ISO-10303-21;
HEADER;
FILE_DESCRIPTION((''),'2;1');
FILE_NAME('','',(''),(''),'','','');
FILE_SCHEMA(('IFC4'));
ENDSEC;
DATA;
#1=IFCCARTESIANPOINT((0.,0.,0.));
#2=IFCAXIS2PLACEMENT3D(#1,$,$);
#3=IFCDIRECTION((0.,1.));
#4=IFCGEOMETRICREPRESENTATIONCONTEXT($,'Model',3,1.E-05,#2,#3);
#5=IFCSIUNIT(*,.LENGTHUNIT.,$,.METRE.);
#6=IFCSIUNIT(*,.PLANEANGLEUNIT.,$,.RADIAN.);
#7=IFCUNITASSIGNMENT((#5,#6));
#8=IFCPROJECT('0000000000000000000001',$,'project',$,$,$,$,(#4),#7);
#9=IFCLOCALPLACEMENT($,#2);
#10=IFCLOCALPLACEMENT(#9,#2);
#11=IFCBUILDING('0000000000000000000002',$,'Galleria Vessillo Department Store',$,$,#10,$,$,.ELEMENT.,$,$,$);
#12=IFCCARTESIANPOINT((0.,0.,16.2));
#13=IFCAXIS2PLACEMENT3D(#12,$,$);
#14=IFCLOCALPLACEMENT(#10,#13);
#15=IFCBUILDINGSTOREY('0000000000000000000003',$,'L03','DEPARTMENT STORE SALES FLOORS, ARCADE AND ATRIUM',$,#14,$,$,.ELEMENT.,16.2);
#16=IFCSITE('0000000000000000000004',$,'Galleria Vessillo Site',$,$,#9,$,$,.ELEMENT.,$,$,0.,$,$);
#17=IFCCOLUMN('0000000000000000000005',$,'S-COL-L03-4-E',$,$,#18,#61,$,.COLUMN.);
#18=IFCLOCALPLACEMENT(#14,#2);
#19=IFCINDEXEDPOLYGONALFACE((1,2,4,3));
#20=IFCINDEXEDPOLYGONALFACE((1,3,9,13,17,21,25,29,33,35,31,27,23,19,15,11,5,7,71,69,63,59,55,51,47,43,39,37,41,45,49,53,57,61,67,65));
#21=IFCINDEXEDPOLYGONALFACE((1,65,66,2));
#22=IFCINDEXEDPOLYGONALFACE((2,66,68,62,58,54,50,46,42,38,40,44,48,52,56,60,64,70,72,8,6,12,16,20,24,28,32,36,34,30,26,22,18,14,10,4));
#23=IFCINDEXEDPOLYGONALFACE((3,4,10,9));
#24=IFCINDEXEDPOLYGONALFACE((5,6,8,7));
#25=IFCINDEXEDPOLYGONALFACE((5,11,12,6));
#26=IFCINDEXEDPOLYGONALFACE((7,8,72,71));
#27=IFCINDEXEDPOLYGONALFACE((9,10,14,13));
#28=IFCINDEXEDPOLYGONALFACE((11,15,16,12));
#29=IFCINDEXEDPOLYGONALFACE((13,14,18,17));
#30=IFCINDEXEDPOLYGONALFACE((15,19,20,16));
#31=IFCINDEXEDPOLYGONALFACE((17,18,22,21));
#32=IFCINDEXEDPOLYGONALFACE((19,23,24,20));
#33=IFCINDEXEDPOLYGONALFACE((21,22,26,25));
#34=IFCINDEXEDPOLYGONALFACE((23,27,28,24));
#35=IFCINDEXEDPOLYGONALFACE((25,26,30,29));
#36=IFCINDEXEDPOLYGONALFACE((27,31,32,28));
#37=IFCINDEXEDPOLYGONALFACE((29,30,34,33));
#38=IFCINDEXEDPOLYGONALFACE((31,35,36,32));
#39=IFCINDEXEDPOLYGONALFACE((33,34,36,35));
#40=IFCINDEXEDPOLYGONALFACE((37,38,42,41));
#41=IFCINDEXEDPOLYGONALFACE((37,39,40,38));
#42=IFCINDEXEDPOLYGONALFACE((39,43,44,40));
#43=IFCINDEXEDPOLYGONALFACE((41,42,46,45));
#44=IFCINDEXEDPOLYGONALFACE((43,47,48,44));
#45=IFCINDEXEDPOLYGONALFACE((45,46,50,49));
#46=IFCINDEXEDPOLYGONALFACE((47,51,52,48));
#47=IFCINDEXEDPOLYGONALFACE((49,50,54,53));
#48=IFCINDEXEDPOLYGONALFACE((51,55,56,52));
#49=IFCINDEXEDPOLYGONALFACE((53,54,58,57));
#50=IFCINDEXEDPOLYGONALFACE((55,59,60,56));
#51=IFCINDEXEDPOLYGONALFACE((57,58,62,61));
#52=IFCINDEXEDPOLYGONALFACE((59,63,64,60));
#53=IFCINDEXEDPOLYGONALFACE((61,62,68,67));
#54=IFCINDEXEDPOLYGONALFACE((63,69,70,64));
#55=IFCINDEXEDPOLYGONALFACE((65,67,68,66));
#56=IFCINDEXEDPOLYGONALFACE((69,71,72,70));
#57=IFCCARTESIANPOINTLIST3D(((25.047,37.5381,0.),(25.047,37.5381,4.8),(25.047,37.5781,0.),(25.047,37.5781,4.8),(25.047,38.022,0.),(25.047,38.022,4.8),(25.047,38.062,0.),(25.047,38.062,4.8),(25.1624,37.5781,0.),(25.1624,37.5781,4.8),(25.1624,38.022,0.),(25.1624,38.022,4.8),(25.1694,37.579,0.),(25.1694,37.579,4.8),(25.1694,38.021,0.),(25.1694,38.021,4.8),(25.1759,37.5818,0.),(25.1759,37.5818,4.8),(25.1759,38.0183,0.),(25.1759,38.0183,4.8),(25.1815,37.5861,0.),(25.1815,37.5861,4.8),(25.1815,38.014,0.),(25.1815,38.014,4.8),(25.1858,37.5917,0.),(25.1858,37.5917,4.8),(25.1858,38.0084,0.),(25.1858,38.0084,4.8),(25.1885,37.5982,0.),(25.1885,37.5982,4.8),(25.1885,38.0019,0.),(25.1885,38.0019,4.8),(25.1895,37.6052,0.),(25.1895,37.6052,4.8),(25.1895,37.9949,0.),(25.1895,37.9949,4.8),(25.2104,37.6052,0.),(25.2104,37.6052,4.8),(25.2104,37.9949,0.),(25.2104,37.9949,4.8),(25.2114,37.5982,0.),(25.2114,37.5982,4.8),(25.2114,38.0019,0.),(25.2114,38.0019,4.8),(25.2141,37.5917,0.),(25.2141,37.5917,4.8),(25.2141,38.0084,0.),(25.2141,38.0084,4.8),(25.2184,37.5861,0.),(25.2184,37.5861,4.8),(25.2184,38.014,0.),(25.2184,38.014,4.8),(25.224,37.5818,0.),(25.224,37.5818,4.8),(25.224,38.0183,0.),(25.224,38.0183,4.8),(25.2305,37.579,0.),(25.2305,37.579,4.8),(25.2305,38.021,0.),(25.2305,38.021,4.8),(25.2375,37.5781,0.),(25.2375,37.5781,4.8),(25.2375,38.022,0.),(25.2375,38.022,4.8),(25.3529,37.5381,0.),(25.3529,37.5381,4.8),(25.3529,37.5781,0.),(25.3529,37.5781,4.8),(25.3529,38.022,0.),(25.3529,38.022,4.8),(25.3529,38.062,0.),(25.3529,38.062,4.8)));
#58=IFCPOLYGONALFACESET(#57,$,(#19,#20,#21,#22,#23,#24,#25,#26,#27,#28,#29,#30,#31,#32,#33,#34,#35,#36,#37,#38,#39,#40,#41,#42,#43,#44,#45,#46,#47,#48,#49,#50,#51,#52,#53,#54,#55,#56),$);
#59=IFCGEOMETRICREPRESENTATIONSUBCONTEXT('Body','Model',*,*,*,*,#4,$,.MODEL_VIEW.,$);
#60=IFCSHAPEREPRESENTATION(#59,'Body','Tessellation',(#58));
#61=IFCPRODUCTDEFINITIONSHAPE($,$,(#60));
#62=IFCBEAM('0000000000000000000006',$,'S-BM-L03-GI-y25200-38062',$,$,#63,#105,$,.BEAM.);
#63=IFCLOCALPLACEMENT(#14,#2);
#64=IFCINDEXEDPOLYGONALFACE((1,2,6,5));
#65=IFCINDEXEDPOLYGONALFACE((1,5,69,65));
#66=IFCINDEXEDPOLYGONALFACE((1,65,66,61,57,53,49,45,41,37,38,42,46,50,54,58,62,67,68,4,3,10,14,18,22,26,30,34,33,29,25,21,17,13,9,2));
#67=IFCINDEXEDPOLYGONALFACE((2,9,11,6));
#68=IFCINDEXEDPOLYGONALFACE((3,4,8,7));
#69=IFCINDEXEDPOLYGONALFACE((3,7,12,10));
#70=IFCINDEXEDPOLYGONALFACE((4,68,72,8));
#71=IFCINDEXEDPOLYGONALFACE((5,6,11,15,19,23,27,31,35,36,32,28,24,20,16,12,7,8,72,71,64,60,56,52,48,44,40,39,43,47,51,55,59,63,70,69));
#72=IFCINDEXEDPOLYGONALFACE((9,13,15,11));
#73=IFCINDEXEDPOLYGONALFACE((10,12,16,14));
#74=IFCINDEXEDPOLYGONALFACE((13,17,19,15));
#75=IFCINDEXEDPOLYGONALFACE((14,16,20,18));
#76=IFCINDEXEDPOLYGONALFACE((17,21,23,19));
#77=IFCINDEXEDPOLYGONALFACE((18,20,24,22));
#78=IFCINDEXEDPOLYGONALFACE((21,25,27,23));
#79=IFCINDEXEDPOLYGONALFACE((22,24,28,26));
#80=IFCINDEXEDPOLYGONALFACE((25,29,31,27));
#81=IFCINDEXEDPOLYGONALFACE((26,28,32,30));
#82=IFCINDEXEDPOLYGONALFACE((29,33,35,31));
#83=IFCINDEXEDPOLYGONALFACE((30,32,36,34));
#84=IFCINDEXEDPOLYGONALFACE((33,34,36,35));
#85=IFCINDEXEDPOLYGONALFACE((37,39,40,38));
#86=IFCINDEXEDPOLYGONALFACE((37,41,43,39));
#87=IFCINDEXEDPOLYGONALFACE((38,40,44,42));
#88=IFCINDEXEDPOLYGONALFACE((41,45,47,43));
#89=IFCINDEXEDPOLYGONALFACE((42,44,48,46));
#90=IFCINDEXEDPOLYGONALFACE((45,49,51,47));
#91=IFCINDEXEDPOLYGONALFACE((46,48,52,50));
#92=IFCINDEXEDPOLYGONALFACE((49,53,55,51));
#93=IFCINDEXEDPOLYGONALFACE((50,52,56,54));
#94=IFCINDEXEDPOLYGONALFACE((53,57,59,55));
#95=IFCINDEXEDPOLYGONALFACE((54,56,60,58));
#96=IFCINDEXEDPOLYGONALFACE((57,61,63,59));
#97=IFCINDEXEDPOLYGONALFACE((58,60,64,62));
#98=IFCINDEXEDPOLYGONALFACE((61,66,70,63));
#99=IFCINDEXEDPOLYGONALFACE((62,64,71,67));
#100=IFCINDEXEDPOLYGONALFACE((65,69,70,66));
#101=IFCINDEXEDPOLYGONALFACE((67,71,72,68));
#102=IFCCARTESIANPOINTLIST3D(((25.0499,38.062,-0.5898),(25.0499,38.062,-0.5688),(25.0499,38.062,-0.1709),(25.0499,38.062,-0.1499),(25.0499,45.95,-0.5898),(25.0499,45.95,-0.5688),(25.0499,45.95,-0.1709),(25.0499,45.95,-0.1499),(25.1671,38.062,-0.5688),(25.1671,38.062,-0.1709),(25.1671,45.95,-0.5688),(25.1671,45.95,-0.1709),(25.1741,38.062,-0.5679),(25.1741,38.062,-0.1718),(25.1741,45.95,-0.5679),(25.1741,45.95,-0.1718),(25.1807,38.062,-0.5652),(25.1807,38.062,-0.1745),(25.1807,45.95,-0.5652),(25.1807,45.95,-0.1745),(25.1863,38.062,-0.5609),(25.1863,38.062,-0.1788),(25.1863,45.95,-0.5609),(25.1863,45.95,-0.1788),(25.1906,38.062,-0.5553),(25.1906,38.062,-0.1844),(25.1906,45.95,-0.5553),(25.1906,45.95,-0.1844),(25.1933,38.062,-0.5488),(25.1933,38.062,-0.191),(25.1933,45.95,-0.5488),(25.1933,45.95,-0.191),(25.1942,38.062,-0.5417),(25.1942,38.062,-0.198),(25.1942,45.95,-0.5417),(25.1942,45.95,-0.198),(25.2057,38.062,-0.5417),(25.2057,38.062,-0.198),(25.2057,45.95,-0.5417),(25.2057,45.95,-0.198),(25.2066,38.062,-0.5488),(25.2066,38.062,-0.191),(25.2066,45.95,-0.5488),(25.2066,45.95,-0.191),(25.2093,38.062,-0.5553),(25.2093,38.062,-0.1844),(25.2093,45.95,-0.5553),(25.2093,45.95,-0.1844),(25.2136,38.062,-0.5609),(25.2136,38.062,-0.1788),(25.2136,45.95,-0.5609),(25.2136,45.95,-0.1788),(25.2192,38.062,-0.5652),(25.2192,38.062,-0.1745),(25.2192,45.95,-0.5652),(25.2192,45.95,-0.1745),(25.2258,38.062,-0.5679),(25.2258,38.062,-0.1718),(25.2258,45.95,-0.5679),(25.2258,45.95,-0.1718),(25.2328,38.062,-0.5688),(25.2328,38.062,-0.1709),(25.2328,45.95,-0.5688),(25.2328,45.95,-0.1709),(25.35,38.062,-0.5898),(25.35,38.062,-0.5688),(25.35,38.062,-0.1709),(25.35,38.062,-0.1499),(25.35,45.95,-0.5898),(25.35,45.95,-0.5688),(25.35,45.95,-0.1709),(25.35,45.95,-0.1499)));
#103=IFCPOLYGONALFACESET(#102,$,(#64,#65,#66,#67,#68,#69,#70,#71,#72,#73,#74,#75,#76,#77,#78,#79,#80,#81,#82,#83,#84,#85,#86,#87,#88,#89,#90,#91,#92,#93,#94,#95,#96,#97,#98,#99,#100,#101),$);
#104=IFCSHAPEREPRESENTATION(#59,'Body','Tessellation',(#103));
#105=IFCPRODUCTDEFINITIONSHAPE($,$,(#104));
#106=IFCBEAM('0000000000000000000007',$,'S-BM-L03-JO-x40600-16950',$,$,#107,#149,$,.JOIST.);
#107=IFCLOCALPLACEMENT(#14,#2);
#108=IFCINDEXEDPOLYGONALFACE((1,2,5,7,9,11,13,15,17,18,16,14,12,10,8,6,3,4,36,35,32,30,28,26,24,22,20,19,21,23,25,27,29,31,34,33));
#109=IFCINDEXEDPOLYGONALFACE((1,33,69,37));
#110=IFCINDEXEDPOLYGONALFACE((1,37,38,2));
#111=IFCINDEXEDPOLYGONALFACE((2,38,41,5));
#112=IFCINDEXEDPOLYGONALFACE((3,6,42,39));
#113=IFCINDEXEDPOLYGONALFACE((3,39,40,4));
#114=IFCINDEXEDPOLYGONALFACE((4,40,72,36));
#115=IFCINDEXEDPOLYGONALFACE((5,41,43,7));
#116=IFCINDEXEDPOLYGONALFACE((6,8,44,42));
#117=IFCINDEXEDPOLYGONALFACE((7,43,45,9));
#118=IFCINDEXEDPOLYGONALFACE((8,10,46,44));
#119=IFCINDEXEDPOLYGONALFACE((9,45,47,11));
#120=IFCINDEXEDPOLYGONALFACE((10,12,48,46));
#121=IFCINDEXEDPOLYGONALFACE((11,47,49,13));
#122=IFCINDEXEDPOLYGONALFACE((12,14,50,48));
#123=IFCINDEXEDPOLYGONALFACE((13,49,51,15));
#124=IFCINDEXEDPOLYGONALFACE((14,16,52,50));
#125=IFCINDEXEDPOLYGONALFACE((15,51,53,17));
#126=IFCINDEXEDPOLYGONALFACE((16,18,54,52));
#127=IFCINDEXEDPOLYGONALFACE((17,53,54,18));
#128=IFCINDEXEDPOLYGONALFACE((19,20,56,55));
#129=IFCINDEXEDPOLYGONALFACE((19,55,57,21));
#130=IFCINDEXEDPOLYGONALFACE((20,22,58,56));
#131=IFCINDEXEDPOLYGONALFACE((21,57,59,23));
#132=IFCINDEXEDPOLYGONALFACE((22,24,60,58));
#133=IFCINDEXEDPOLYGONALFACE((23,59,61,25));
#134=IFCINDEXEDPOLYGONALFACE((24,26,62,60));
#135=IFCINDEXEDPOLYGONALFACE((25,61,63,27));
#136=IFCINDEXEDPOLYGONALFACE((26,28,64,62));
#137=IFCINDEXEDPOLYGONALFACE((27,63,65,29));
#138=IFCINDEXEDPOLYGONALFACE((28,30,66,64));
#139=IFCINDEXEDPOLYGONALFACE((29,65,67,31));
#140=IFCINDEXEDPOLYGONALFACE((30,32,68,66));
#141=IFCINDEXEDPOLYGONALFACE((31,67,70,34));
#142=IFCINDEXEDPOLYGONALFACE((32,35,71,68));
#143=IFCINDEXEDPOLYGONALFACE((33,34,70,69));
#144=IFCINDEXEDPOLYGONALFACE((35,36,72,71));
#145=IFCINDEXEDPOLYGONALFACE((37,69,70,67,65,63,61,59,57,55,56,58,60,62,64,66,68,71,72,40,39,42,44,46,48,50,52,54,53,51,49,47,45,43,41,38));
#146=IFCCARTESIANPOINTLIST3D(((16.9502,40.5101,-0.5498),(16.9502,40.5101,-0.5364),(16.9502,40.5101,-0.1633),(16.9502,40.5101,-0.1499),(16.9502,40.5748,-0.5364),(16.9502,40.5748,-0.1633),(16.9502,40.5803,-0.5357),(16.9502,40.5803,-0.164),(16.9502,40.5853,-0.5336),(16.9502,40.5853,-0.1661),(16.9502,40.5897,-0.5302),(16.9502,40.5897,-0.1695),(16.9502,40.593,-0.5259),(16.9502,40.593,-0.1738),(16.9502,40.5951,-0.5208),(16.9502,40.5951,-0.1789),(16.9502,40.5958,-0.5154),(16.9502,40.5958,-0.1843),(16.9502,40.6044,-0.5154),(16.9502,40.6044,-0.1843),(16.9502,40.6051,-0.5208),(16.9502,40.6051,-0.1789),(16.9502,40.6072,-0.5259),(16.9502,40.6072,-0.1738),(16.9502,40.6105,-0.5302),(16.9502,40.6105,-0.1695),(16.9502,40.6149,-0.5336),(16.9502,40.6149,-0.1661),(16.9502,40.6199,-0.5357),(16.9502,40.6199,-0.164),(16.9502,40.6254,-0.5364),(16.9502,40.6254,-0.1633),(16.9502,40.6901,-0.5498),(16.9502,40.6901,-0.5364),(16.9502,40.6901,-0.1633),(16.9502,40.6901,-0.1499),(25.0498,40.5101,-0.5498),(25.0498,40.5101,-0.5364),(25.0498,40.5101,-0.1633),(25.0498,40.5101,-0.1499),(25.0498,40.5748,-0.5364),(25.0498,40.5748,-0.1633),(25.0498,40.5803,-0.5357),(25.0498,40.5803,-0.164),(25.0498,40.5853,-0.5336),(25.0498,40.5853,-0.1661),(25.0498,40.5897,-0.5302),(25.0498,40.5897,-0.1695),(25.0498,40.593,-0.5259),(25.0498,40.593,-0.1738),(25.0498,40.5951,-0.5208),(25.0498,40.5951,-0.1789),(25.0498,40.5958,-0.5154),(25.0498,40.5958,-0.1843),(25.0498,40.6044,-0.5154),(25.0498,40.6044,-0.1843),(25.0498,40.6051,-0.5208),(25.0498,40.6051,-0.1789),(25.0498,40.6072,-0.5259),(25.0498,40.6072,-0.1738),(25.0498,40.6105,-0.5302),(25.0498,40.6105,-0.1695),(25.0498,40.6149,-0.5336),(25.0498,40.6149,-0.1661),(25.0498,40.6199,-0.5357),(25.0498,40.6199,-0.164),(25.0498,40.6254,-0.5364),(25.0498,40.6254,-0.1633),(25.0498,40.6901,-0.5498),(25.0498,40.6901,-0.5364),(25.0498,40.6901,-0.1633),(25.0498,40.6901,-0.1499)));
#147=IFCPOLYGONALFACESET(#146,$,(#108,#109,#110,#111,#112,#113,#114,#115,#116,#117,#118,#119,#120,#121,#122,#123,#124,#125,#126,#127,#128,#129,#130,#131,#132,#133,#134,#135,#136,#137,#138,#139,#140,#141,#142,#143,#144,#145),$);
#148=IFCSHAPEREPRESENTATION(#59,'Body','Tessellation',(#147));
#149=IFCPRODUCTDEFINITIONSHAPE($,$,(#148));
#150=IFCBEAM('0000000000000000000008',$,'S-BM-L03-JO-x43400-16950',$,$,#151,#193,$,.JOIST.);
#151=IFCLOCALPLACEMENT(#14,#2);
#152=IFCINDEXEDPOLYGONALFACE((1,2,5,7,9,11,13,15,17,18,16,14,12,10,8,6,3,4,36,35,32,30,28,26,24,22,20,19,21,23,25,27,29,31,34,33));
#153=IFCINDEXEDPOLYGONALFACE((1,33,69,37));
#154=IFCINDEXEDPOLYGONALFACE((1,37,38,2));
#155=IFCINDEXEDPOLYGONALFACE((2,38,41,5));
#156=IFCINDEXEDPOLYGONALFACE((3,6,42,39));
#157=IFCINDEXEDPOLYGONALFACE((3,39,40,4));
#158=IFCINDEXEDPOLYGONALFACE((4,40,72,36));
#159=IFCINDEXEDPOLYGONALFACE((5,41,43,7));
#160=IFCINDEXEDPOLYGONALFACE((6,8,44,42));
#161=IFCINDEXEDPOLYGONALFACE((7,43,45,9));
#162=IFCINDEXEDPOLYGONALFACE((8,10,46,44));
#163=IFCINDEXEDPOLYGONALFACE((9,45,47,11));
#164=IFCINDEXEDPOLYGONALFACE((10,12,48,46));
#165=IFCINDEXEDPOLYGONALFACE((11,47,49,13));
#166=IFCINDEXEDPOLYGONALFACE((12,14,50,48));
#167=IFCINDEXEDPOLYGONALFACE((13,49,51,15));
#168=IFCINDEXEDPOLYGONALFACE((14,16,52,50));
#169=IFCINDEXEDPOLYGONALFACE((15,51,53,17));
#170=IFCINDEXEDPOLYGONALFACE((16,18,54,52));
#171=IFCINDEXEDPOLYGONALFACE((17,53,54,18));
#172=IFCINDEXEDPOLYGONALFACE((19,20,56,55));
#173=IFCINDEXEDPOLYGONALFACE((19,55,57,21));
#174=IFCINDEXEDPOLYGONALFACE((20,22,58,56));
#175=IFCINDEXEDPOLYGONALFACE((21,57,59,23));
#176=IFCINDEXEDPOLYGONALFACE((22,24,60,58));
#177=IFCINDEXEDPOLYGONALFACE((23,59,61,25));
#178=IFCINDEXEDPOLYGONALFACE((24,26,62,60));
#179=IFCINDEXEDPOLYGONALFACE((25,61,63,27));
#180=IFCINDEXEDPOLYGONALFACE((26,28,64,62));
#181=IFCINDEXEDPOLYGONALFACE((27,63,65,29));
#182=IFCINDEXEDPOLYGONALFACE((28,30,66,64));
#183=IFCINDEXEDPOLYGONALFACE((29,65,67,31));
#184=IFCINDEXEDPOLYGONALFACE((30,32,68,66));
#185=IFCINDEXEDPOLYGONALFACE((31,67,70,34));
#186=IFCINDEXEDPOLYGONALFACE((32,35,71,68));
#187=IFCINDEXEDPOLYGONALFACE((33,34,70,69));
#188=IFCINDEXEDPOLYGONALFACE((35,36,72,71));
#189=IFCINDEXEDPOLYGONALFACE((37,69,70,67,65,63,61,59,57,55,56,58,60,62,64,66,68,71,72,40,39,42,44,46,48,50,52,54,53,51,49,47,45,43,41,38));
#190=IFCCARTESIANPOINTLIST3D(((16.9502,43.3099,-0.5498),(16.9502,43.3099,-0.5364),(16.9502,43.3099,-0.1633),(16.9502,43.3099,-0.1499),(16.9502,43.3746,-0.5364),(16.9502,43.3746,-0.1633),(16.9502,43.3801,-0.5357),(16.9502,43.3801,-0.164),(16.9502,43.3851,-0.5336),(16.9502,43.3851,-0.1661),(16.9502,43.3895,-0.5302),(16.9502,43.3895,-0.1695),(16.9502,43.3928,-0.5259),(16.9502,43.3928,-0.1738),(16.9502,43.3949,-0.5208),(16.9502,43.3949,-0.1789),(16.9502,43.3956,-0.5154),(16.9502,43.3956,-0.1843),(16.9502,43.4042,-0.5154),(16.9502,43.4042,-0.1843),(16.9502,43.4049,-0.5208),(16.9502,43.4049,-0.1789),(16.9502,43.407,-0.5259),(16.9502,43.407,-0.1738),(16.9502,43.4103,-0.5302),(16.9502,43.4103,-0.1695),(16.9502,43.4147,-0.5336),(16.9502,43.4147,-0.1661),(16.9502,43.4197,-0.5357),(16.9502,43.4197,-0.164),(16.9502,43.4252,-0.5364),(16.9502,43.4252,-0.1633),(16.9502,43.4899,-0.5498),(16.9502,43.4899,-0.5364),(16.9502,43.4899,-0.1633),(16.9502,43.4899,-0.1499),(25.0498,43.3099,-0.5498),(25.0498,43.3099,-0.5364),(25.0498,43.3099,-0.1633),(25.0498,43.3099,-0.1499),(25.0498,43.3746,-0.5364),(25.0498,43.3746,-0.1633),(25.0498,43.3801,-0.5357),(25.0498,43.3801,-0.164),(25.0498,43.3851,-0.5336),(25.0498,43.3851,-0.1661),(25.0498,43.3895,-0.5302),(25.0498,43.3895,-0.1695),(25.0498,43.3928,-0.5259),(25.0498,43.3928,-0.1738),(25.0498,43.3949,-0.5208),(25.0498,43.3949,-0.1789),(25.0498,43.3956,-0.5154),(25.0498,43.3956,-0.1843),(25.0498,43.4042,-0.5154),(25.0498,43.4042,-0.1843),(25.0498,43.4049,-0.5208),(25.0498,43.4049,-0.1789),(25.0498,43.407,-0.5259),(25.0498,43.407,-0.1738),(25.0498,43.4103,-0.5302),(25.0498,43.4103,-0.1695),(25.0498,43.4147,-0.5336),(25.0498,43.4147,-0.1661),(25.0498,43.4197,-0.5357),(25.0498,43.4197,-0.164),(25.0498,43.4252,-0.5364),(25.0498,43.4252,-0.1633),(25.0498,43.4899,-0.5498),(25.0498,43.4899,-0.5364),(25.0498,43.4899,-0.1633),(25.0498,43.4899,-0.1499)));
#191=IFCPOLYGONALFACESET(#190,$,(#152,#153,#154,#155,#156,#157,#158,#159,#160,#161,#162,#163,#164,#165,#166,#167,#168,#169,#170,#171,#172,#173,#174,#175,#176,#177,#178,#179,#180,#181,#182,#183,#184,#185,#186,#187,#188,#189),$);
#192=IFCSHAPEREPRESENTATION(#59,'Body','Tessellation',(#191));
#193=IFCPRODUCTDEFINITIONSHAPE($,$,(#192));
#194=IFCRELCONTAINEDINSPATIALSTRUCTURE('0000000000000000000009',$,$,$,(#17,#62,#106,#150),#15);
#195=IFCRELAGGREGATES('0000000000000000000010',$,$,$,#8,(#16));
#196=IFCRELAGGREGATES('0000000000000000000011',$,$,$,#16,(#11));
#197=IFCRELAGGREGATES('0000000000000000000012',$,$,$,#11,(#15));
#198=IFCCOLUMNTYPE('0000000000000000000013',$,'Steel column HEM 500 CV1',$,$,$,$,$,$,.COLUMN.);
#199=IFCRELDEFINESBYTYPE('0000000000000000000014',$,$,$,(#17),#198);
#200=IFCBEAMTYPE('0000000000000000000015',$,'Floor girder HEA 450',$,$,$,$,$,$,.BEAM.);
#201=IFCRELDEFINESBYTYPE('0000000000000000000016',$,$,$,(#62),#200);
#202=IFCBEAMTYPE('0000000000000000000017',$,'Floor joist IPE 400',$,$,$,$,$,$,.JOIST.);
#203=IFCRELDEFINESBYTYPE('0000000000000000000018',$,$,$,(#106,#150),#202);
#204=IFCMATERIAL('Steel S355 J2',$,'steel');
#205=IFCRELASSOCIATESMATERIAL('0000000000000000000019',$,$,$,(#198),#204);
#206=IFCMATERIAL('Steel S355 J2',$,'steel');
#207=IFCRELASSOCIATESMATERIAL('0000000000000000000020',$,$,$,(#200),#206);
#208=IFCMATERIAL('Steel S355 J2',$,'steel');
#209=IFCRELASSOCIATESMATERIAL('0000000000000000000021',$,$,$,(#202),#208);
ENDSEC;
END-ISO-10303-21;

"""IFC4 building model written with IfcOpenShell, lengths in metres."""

from ifc_helpers import new_model, si_unit, direction, frame, origin, origin_2d, place, context, subcontext, project, spatial, i_section, extrude, material, material_profile, profile_set, type_object, element, save


model = new_model("IFC4")

# Units and contexts
model_context = context("Model", 3, precision=1e-05, world=origin(), true_north=direction((0.0, 1.0)))
body_context = subcontext(model_context, "Body", "Model", "MODEL_VIEW")
ifc_project = project(units=[si_unit("LENGTHUNIT", "METRE"), si_unit("PLANEANGLEUNIT", "RADIAN")], contexts=[model_context])

# Site, building, storey
site_placement = place(None, origin())
site = spatial("IfcSite", under=ifc_project, at=site_placement, Name="Galleria Vessillo Site", CompositionType="ELEMENT", RefElevation=0.0)
building_placement = place(site_placement, origin())
building = spatial("IfcBuilding", under=site, at=building_placement, Name="Galleria Vessillo Department Store", CompositionType="ELEMENT")
storey_placement = place(building_placement, frame((0.0, 0.0, 16.2)))
storey = spatial("IfcBuildingStorey", under=building, at=storey_placement, Name="L03", Description="DEPARTMENT STORE SALES FLOORS, ARCADE AND ATRIUM", CompositionType="ELEMENT", Elevation=16.2)

# Column
ifc_material_1 = material(Name="Steel S355 J2", Category="steel")
ifc_material_profile_1 = material_profile(ifc_material_1, i_section(OverallWidth=0.3059, OverallDepth=0.5239, WebThickness=0.021, FlangeThickness=0.04, FilletRadius=0.0271, at=origin_2d()), Name="HEM 500")
ifc_profile_set_1 = profile_set([ifc_material_profile_1], Name="Steel S355 J2")
column_type = type_object("IfcColumnType", Name="Steel column HEM 500 CV1", PredefinedType="COLUMN", material=ifc_profile_set_1)
column_placement = place(storey_placement, frame((25.2, 37.8, 0.0), z_axis=(0.0, 0.0, 1.0), x_axis=(1.0, 0.0, 0.0)))
element("IfcColumn", 1, at=column_placement, inside=storey, type_object=column_type, Name="S-COL-L03-4-E", PredefinedType="COLUMN", context=body_context, shape_type="SweptSolid", body=[
    extrude(i_section(OverallWidth=0.3059, OverallDepth=0.5239, WebThickness=0.021, FlangeThickness=0.04, FilletRadius=0.0271, at=origin_2d()), origin(), (0.0, 0.0, 1.0), 4.8),
])

# Beams
ifc_material_2 = material(Name="Steel S355 J2", Category="steel")
ifc_material_profile_2 = material_profile(ifc_material_2, i_section(OverallWidth=0.3, OverallDepth=0.4399, WebThickness=0.0115, FlangeThickness=0.021, FilletRadius=0.0271, at=origin_2d()), Name="HEA 450")
ifc_profile_set_2 = profile_set([ifc_material_profile_2], Name="Steel S355 J2")
beam_type_1 = type_object("IfcBeamType", Name="Floor girder HEA 450", PredefinedType="BEAM", material=ifc_profile_set_2)
beam_1_placement = place(storey_placement, frame((25.2, 38.062, -0.3699), z_axis=(0.0, 1.0, 0.0), x_axis=(-1.0, 0.0, 0.0)))
element("IfcBeam", 2, at=beam_1_placement, inside=storey, type_object=beam_type_1, Name="S-BM-L03-GI-y25200-38062", PredefinedType="BEAM", context=body_context, shape_type="SweptSolid", body=[
    extrude(i_section(OverallWidth=0.3, OverallDepth=0.4399, WebThickness=0.0115, FlangeThickness=0.021, FilletRadius=0.0271, at=origin_2d()), origin(), (0.0, 0.0, 1.0), 7.8879),
])
ifc_material_3 = material(Name="Steel S355 J2", Category="steel")
ifc_material_profile_3 = material_profile(ifc_material_3, i_section(OverallWidth=0.1799, OverallDepth=0.3999, WebThickness=0.0085, FlangeThickness=0.0134, FilletRadius=0.021, at=origin_2d()), Name="IPE 400")
ifc_profile_set_3 = profile_set([ifc_material_profile_3], Name="Steel S355 J2")
beam_type_2 = type_object("IfcBeamType", Name="Floor joist IPE 400", PredefinedType="JOIST", material=ifc_profile_set_3)
for number, where, z_axis, x_axis, name in (
    (3, (16.9502, 40.6001, -0.3499), (1.0, 0.0, 0.0), (0.0, 1.0, 0.0), "S-BM-L03-JO-x40600-16950"),
    (4, (16.9502, 43.3999, -0.3499), (1.0, 0.0, 0.0), (0.0, 1.0, 0.0), "S-BM-L03-JO-x43400-16950"),
):
    element("IfcBeam", number, at=place(storey_placement, frame(where, z_axis=z_axis, x_axis=x_axis)), inside=storey, type_object=beam_type_2, Name=name, PredefinedType="JOIST", context=body_context, shape_type="SweptSolid", body=[
        extrude(i_section(OverallWidth=0.1799, OverallDepth=0.3999, WebThickness=0.0085, FlangeThickness=0.0134, FilletRadius=0.021, at=origin_2d()), origin(), (0.0, 0.0, 1.0), 8.0996),
    ])

save(model, "model.ifc")
